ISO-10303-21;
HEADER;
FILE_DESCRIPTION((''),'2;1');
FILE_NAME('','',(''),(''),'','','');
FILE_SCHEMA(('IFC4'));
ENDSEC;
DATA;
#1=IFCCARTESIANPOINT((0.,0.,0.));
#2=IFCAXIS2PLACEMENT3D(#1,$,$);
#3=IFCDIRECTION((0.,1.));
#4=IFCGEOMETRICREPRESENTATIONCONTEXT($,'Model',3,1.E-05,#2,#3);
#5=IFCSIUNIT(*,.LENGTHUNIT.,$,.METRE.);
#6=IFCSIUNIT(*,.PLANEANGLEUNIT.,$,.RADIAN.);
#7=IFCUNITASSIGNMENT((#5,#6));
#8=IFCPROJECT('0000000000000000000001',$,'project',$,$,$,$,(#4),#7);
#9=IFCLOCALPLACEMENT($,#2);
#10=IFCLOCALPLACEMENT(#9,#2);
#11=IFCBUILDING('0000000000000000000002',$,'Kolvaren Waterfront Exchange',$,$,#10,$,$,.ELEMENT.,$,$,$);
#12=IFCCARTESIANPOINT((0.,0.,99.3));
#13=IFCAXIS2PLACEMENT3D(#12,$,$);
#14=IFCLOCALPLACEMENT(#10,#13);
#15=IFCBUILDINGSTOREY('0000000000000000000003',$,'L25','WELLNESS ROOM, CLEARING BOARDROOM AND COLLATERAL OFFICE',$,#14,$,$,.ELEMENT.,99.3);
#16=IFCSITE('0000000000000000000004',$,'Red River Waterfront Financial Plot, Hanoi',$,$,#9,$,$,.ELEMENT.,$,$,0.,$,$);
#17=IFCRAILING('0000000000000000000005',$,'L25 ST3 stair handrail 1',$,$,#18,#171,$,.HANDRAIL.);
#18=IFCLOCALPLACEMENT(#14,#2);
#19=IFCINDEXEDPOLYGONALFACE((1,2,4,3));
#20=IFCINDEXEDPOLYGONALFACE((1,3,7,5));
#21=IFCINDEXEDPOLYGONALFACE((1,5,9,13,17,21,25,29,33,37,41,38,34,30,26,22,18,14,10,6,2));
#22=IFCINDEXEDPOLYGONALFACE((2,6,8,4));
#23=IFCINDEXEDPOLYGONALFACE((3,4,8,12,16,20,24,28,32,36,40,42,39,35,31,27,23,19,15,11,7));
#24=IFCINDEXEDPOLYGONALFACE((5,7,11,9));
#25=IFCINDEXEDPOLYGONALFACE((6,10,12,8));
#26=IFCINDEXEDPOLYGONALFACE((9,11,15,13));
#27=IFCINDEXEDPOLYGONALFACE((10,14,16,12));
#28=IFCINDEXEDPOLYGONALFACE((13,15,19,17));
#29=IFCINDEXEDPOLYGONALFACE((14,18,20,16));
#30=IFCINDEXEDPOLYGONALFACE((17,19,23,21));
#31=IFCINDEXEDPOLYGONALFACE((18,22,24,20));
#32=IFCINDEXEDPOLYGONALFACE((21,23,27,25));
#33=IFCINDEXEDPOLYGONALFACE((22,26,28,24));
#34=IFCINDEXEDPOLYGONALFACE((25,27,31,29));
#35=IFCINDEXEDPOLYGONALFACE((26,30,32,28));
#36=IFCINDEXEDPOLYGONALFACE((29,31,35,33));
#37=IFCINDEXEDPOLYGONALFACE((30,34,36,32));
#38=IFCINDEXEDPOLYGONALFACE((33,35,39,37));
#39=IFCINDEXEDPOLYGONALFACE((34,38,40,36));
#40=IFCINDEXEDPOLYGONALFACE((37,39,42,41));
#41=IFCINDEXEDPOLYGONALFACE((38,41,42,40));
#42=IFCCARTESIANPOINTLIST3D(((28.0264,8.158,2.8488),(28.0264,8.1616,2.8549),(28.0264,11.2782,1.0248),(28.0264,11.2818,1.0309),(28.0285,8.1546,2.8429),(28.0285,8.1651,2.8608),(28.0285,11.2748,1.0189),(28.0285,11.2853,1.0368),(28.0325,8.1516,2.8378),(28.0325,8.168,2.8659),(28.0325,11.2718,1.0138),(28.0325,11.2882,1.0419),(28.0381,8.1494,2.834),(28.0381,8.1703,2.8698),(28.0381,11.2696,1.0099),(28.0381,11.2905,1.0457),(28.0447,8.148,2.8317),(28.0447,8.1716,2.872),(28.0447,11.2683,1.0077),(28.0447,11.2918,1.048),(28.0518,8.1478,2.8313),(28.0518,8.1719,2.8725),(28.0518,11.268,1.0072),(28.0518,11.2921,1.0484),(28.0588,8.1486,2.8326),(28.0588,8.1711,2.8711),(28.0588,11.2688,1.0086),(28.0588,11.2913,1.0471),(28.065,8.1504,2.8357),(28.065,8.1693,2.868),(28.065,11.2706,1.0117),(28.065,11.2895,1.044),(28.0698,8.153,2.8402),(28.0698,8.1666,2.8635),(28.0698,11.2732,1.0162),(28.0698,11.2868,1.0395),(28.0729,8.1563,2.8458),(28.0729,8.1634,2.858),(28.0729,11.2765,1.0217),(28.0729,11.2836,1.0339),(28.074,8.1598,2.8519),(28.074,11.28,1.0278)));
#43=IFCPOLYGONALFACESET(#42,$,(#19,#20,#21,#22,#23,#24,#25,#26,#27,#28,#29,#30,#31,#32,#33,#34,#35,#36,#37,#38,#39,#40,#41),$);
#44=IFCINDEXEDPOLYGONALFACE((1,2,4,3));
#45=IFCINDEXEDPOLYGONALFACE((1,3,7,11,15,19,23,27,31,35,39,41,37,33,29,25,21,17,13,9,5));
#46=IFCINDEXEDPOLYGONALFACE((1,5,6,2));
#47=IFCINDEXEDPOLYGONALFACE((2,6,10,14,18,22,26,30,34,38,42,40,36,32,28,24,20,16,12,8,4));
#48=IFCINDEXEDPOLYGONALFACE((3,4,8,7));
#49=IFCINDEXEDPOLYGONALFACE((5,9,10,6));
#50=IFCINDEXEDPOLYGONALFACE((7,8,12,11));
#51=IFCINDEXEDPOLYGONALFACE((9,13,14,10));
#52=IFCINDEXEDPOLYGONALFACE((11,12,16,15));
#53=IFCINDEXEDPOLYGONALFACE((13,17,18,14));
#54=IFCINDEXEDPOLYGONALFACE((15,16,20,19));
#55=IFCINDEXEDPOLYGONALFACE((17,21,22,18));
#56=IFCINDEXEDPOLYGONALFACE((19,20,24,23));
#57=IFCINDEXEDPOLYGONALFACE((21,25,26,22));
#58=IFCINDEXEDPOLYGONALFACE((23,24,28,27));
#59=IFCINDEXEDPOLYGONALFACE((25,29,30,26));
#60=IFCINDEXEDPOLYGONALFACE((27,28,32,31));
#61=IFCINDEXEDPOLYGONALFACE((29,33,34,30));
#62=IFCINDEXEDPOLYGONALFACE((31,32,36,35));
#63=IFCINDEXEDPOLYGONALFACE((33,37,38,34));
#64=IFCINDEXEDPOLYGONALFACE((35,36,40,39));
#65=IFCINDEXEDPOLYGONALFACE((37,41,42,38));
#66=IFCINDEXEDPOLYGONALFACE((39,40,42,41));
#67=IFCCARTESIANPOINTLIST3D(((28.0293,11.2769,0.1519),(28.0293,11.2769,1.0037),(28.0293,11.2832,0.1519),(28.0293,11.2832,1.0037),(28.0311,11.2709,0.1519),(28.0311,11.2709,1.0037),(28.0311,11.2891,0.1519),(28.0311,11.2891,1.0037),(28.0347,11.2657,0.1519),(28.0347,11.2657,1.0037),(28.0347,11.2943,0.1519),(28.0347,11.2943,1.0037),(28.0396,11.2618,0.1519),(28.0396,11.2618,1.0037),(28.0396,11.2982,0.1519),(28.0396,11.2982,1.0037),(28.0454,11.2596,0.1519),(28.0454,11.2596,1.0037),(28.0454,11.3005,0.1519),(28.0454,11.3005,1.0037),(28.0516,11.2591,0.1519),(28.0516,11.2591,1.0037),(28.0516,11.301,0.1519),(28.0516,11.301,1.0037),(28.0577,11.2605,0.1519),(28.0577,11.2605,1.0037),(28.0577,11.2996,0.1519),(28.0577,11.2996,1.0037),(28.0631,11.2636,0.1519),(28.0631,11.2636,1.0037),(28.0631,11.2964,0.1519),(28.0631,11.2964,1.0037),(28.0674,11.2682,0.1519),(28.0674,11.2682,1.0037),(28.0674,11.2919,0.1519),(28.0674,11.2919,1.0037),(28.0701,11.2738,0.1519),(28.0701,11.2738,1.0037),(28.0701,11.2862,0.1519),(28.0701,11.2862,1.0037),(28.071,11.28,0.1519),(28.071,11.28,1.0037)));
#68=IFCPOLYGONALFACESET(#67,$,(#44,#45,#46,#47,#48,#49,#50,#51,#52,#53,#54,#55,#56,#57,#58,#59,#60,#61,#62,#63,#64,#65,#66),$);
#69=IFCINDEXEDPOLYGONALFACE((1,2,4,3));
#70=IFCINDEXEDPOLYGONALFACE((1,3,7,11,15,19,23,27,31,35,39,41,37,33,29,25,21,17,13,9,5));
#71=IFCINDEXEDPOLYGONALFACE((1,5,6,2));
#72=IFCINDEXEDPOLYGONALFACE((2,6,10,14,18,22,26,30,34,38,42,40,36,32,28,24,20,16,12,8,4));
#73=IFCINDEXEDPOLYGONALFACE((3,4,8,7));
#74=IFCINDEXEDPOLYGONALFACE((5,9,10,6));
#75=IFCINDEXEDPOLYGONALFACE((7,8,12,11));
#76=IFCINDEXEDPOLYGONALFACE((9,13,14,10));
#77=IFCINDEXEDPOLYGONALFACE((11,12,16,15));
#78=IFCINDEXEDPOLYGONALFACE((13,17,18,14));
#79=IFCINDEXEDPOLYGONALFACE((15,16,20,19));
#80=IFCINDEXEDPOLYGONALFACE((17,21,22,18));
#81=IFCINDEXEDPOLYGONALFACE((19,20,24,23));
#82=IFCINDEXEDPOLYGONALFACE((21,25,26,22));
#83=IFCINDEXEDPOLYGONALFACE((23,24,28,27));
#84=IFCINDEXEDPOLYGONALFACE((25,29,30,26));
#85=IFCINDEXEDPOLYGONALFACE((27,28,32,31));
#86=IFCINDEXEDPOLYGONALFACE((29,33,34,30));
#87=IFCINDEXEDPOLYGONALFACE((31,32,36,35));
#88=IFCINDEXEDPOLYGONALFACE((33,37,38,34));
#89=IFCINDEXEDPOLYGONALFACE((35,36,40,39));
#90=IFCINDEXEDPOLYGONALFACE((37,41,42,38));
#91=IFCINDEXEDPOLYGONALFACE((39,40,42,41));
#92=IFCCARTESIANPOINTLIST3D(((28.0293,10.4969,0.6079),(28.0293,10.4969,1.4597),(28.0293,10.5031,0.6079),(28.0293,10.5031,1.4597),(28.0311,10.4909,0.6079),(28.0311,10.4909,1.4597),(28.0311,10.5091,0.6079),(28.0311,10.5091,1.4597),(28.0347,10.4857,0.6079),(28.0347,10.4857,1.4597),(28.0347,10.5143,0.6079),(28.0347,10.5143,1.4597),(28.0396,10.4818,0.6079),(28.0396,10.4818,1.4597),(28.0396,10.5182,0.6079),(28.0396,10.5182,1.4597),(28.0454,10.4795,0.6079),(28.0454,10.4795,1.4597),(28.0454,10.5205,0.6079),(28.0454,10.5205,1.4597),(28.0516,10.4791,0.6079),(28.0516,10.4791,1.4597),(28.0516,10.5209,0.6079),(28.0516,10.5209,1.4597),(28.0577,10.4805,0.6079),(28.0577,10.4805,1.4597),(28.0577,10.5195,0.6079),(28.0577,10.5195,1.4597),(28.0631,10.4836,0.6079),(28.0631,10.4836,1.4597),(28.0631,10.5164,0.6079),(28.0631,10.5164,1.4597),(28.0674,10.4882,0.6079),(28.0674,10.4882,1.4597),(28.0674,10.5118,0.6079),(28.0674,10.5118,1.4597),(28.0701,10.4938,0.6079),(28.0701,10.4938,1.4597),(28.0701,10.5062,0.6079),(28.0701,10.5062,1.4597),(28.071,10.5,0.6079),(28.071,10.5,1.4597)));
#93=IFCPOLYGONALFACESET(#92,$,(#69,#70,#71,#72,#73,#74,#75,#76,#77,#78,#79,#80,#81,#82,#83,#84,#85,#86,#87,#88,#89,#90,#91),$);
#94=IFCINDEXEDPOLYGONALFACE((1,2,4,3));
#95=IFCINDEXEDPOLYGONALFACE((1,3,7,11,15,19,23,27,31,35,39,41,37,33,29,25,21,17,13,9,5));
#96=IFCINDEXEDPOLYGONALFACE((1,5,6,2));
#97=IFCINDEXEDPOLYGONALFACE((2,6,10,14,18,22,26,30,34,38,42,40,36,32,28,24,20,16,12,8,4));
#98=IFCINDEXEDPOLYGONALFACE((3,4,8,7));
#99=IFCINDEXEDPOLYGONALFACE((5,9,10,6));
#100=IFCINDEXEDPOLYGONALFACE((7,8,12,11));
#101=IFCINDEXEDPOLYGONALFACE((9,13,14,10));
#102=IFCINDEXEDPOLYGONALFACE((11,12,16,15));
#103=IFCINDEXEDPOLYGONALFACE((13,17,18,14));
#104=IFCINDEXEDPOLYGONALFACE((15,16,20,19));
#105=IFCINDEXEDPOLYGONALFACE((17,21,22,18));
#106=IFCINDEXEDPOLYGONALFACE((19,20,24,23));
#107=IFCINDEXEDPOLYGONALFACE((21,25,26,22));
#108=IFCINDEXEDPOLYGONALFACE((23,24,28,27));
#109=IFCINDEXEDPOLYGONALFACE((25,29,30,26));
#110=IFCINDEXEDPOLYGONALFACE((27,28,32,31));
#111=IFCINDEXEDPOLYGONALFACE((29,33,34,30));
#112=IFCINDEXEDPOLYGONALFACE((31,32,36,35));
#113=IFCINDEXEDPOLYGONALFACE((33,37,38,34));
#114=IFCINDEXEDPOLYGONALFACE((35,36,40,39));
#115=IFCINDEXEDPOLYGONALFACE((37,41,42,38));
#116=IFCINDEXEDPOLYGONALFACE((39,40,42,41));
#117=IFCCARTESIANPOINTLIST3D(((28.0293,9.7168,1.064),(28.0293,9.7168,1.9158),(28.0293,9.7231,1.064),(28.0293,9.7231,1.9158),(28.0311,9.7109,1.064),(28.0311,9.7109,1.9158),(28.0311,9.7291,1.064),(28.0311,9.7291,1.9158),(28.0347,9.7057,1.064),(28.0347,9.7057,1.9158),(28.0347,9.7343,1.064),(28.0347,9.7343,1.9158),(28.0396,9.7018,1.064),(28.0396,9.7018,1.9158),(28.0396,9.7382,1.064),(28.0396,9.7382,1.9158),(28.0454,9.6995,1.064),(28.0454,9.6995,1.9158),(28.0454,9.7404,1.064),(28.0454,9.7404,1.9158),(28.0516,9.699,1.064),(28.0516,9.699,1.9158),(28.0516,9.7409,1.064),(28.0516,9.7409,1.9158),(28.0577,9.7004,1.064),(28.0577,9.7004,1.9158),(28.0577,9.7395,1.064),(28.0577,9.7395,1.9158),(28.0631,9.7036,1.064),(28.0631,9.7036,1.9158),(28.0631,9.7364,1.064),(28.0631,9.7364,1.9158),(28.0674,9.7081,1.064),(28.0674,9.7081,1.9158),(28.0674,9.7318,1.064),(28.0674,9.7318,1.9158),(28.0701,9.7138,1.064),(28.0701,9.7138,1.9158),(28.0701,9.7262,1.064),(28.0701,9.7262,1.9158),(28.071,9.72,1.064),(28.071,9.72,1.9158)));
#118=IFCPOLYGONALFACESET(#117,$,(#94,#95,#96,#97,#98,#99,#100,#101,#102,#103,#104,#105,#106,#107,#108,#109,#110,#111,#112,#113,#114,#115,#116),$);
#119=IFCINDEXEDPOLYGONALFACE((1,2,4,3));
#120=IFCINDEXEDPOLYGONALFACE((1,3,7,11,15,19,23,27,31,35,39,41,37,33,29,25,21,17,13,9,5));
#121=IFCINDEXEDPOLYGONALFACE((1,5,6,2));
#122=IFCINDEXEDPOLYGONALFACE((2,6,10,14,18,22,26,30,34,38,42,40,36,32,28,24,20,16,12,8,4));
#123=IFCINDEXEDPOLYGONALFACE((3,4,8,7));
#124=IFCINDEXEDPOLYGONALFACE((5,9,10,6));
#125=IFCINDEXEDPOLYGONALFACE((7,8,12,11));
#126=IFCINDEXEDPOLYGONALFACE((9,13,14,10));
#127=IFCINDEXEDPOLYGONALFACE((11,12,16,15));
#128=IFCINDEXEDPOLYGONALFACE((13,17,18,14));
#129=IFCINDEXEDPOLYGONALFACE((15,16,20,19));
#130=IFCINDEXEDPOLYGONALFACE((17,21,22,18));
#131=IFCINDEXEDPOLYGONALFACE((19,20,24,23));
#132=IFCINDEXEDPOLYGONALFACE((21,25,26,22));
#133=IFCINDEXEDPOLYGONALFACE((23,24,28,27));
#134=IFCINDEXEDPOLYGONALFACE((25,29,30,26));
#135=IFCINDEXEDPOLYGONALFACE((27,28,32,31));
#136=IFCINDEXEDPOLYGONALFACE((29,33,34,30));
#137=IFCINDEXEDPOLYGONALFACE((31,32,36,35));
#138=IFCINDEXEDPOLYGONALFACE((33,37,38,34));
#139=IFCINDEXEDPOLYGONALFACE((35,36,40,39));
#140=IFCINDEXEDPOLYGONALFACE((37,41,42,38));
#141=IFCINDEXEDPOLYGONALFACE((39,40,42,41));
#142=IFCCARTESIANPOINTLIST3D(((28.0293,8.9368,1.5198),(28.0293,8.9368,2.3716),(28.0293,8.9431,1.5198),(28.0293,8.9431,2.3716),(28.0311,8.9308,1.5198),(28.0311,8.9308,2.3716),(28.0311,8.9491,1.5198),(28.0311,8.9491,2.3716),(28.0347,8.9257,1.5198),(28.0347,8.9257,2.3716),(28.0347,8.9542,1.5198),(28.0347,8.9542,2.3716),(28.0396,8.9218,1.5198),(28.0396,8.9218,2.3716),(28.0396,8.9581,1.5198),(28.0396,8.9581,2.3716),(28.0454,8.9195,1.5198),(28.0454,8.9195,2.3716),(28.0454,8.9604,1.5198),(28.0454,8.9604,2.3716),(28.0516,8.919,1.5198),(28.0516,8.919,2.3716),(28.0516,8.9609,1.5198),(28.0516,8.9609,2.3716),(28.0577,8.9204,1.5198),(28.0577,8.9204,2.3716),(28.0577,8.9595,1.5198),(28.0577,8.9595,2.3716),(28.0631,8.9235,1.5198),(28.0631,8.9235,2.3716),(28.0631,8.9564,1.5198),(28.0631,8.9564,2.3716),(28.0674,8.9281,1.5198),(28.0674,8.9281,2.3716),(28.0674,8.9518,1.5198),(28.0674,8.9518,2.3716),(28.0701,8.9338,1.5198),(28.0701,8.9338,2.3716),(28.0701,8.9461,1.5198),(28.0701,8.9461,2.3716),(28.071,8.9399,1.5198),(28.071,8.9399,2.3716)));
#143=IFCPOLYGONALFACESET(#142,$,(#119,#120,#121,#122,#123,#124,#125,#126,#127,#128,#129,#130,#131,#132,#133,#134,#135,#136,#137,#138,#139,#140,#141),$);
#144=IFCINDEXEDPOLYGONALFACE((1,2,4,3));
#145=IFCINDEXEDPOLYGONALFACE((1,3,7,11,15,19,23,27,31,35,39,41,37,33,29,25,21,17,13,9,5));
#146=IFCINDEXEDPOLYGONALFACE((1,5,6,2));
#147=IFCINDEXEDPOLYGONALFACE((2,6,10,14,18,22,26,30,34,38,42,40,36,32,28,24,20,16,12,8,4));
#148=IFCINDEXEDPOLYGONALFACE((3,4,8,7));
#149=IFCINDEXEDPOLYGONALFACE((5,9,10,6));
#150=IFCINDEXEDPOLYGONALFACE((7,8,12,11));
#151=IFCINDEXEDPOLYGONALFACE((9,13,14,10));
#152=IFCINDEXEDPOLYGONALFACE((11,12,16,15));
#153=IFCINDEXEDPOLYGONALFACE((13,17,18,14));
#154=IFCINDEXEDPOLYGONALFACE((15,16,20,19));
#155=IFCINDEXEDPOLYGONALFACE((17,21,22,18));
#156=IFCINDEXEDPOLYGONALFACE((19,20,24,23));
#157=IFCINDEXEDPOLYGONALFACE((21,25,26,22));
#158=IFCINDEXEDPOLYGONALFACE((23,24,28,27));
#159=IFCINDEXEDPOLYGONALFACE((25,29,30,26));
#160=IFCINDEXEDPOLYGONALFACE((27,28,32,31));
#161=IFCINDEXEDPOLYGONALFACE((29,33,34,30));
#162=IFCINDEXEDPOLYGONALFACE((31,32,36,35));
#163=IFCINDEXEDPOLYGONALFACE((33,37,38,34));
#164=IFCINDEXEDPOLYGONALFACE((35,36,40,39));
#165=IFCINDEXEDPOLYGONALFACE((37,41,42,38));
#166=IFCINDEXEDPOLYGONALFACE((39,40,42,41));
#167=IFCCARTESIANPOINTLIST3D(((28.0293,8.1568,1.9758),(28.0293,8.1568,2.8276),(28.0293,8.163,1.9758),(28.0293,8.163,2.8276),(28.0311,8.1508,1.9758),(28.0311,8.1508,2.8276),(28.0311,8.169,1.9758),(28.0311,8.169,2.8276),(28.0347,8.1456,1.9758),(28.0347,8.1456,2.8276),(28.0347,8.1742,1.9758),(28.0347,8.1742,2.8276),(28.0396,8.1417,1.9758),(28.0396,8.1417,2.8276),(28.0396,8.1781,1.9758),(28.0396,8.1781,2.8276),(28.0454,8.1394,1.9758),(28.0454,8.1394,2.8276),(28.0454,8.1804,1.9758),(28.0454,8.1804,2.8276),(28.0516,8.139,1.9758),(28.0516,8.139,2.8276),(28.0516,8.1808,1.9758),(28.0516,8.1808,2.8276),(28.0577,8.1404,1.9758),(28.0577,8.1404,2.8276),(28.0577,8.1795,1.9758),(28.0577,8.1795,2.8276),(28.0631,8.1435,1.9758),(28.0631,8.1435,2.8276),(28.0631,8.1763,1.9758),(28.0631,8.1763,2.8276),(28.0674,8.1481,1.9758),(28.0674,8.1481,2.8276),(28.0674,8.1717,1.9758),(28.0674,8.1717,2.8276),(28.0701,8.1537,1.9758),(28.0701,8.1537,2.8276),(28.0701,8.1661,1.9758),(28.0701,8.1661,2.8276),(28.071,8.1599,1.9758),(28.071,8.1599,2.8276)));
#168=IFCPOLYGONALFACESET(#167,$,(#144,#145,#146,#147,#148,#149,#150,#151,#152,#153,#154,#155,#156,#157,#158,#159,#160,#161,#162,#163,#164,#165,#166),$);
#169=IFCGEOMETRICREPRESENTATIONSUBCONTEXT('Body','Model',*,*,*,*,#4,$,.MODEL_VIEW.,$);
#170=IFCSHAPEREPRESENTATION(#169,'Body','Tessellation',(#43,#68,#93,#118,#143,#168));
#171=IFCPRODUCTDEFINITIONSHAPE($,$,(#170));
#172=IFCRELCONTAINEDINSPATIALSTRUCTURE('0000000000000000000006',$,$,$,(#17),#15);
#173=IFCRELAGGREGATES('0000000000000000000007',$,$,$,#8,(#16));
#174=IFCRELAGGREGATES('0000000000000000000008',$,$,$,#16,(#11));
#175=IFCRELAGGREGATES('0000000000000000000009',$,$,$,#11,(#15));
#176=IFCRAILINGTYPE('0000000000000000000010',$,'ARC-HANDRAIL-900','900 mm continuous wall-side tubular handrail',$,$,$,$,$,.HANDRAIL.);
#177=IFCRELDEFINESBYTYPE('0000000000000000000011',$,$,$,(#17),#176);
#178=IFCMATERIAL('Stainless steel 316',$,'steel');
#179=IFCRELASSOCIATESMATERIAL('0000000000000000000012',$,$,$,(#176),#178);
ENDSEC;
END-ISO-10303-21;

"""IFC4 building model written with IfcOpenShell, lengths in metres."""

from ifc_helpers import new_model, si_unit, direction, frame, origin, origin_2d, place, context, subcontext, project, spatial, circle, extrude, material, type_object, element, save


model = new_model("IFC4")

# Units and contexts
model_context = context("Model", 3, precision=1e-05, world=origin(), true_north=direction((0.0, 1.0)))
body_context = subcontext(model_context, "Body", "Model", "MODEL_VIEW")
ifc_project = project(units=[si_unit("LENGTHUNIT", "METRE"), si_unit("PLANEANGLEUNIT", "RADIAN")], contexts=[model_context])

# Site, building, storey
site_placement = place(None, origin())
site = spatial("IfcSite", under=ifc_project, at=site_placement, Name="Red River Waterfront Financial Plot, Hanoi", CompositionType="ELEMENT", RefElevation=0.0)
building_placement = place(site_placement, origin())
building = spatial("IfcBuilding", under=site, at=building_placement, Name="Kolvaren Waterfront Exchange", CompositionType="ELEMENT")
storey_placement = place(building_placement, frame((0.0, 0.0, 99.3)))
storey = spatial("IfcBuildingStorey", under=building, at=storey_placement, Name="L25", Description="WELLNESS ROOM, CLEARING BOARDROOM AND COLLATERAL OFFICE", CompositionType="ELEMENT", Elevation=99.3)

# Railing
ifc_material_1 = material(Name="Stainless steel 316", Category="steel")
railing_type = type_object("IfcRailingType", Name="ARC-HANDRAIL-900", Description="900 mm continuous wall-side tubular handrail", PredefinedType="HANDRAIL", material=ifc_material_1)
railing_1_placement = place(storey_placement, frame((28.05, 11.28, 0.1519)))
element("IfcRailing", 1, at=railing_1_placement, inside=storey, type_object=railing_type, Name="L25 ST3 stair handrail 1", PredefinedType="HANDRAIL", context=body_context, shape_type="SweptSolid", body=[
    extrude(circle(Radius=0.0239, at=origin_2d()), frame((0.0, 0.0, 0.876), z_axis=(0.0, -0.863308, 0.504677), x_axis=(1.0, 0.0, 0.0)), (0.0, 0.0, 1.0), 3.6143),
    extrude(circle(Radius=0.021, at=origin_2d()), origin(), (0.0, 0.0, 1.0), 0.8518),
    extrude(circle(Radius=0.021, at=origin_2d()), frame((0.0, -0.78, 0.4561)), (0.0, 0.0, 1.0), 0.8518),
    extrude(circle(Radius=0.021, at=origin_2d()), frame((0.0, -1.5601, 0.9121)), (0.0, 0.0, 1.0), 0.8518),
    extrude(circle(Radius=0.021, at=origin_2d()), frame((0.0, -2.3401, 1.3679)), (0.0, 0.0, 1.0), 0.8518),
    extrude(circle(Radius=0.021, at=origin_2d()), frame((0.0, -3.1201, 1.824)), (0.0, 0.0, 1.0), 0.8518),
])

save(model, "model.ifc")
